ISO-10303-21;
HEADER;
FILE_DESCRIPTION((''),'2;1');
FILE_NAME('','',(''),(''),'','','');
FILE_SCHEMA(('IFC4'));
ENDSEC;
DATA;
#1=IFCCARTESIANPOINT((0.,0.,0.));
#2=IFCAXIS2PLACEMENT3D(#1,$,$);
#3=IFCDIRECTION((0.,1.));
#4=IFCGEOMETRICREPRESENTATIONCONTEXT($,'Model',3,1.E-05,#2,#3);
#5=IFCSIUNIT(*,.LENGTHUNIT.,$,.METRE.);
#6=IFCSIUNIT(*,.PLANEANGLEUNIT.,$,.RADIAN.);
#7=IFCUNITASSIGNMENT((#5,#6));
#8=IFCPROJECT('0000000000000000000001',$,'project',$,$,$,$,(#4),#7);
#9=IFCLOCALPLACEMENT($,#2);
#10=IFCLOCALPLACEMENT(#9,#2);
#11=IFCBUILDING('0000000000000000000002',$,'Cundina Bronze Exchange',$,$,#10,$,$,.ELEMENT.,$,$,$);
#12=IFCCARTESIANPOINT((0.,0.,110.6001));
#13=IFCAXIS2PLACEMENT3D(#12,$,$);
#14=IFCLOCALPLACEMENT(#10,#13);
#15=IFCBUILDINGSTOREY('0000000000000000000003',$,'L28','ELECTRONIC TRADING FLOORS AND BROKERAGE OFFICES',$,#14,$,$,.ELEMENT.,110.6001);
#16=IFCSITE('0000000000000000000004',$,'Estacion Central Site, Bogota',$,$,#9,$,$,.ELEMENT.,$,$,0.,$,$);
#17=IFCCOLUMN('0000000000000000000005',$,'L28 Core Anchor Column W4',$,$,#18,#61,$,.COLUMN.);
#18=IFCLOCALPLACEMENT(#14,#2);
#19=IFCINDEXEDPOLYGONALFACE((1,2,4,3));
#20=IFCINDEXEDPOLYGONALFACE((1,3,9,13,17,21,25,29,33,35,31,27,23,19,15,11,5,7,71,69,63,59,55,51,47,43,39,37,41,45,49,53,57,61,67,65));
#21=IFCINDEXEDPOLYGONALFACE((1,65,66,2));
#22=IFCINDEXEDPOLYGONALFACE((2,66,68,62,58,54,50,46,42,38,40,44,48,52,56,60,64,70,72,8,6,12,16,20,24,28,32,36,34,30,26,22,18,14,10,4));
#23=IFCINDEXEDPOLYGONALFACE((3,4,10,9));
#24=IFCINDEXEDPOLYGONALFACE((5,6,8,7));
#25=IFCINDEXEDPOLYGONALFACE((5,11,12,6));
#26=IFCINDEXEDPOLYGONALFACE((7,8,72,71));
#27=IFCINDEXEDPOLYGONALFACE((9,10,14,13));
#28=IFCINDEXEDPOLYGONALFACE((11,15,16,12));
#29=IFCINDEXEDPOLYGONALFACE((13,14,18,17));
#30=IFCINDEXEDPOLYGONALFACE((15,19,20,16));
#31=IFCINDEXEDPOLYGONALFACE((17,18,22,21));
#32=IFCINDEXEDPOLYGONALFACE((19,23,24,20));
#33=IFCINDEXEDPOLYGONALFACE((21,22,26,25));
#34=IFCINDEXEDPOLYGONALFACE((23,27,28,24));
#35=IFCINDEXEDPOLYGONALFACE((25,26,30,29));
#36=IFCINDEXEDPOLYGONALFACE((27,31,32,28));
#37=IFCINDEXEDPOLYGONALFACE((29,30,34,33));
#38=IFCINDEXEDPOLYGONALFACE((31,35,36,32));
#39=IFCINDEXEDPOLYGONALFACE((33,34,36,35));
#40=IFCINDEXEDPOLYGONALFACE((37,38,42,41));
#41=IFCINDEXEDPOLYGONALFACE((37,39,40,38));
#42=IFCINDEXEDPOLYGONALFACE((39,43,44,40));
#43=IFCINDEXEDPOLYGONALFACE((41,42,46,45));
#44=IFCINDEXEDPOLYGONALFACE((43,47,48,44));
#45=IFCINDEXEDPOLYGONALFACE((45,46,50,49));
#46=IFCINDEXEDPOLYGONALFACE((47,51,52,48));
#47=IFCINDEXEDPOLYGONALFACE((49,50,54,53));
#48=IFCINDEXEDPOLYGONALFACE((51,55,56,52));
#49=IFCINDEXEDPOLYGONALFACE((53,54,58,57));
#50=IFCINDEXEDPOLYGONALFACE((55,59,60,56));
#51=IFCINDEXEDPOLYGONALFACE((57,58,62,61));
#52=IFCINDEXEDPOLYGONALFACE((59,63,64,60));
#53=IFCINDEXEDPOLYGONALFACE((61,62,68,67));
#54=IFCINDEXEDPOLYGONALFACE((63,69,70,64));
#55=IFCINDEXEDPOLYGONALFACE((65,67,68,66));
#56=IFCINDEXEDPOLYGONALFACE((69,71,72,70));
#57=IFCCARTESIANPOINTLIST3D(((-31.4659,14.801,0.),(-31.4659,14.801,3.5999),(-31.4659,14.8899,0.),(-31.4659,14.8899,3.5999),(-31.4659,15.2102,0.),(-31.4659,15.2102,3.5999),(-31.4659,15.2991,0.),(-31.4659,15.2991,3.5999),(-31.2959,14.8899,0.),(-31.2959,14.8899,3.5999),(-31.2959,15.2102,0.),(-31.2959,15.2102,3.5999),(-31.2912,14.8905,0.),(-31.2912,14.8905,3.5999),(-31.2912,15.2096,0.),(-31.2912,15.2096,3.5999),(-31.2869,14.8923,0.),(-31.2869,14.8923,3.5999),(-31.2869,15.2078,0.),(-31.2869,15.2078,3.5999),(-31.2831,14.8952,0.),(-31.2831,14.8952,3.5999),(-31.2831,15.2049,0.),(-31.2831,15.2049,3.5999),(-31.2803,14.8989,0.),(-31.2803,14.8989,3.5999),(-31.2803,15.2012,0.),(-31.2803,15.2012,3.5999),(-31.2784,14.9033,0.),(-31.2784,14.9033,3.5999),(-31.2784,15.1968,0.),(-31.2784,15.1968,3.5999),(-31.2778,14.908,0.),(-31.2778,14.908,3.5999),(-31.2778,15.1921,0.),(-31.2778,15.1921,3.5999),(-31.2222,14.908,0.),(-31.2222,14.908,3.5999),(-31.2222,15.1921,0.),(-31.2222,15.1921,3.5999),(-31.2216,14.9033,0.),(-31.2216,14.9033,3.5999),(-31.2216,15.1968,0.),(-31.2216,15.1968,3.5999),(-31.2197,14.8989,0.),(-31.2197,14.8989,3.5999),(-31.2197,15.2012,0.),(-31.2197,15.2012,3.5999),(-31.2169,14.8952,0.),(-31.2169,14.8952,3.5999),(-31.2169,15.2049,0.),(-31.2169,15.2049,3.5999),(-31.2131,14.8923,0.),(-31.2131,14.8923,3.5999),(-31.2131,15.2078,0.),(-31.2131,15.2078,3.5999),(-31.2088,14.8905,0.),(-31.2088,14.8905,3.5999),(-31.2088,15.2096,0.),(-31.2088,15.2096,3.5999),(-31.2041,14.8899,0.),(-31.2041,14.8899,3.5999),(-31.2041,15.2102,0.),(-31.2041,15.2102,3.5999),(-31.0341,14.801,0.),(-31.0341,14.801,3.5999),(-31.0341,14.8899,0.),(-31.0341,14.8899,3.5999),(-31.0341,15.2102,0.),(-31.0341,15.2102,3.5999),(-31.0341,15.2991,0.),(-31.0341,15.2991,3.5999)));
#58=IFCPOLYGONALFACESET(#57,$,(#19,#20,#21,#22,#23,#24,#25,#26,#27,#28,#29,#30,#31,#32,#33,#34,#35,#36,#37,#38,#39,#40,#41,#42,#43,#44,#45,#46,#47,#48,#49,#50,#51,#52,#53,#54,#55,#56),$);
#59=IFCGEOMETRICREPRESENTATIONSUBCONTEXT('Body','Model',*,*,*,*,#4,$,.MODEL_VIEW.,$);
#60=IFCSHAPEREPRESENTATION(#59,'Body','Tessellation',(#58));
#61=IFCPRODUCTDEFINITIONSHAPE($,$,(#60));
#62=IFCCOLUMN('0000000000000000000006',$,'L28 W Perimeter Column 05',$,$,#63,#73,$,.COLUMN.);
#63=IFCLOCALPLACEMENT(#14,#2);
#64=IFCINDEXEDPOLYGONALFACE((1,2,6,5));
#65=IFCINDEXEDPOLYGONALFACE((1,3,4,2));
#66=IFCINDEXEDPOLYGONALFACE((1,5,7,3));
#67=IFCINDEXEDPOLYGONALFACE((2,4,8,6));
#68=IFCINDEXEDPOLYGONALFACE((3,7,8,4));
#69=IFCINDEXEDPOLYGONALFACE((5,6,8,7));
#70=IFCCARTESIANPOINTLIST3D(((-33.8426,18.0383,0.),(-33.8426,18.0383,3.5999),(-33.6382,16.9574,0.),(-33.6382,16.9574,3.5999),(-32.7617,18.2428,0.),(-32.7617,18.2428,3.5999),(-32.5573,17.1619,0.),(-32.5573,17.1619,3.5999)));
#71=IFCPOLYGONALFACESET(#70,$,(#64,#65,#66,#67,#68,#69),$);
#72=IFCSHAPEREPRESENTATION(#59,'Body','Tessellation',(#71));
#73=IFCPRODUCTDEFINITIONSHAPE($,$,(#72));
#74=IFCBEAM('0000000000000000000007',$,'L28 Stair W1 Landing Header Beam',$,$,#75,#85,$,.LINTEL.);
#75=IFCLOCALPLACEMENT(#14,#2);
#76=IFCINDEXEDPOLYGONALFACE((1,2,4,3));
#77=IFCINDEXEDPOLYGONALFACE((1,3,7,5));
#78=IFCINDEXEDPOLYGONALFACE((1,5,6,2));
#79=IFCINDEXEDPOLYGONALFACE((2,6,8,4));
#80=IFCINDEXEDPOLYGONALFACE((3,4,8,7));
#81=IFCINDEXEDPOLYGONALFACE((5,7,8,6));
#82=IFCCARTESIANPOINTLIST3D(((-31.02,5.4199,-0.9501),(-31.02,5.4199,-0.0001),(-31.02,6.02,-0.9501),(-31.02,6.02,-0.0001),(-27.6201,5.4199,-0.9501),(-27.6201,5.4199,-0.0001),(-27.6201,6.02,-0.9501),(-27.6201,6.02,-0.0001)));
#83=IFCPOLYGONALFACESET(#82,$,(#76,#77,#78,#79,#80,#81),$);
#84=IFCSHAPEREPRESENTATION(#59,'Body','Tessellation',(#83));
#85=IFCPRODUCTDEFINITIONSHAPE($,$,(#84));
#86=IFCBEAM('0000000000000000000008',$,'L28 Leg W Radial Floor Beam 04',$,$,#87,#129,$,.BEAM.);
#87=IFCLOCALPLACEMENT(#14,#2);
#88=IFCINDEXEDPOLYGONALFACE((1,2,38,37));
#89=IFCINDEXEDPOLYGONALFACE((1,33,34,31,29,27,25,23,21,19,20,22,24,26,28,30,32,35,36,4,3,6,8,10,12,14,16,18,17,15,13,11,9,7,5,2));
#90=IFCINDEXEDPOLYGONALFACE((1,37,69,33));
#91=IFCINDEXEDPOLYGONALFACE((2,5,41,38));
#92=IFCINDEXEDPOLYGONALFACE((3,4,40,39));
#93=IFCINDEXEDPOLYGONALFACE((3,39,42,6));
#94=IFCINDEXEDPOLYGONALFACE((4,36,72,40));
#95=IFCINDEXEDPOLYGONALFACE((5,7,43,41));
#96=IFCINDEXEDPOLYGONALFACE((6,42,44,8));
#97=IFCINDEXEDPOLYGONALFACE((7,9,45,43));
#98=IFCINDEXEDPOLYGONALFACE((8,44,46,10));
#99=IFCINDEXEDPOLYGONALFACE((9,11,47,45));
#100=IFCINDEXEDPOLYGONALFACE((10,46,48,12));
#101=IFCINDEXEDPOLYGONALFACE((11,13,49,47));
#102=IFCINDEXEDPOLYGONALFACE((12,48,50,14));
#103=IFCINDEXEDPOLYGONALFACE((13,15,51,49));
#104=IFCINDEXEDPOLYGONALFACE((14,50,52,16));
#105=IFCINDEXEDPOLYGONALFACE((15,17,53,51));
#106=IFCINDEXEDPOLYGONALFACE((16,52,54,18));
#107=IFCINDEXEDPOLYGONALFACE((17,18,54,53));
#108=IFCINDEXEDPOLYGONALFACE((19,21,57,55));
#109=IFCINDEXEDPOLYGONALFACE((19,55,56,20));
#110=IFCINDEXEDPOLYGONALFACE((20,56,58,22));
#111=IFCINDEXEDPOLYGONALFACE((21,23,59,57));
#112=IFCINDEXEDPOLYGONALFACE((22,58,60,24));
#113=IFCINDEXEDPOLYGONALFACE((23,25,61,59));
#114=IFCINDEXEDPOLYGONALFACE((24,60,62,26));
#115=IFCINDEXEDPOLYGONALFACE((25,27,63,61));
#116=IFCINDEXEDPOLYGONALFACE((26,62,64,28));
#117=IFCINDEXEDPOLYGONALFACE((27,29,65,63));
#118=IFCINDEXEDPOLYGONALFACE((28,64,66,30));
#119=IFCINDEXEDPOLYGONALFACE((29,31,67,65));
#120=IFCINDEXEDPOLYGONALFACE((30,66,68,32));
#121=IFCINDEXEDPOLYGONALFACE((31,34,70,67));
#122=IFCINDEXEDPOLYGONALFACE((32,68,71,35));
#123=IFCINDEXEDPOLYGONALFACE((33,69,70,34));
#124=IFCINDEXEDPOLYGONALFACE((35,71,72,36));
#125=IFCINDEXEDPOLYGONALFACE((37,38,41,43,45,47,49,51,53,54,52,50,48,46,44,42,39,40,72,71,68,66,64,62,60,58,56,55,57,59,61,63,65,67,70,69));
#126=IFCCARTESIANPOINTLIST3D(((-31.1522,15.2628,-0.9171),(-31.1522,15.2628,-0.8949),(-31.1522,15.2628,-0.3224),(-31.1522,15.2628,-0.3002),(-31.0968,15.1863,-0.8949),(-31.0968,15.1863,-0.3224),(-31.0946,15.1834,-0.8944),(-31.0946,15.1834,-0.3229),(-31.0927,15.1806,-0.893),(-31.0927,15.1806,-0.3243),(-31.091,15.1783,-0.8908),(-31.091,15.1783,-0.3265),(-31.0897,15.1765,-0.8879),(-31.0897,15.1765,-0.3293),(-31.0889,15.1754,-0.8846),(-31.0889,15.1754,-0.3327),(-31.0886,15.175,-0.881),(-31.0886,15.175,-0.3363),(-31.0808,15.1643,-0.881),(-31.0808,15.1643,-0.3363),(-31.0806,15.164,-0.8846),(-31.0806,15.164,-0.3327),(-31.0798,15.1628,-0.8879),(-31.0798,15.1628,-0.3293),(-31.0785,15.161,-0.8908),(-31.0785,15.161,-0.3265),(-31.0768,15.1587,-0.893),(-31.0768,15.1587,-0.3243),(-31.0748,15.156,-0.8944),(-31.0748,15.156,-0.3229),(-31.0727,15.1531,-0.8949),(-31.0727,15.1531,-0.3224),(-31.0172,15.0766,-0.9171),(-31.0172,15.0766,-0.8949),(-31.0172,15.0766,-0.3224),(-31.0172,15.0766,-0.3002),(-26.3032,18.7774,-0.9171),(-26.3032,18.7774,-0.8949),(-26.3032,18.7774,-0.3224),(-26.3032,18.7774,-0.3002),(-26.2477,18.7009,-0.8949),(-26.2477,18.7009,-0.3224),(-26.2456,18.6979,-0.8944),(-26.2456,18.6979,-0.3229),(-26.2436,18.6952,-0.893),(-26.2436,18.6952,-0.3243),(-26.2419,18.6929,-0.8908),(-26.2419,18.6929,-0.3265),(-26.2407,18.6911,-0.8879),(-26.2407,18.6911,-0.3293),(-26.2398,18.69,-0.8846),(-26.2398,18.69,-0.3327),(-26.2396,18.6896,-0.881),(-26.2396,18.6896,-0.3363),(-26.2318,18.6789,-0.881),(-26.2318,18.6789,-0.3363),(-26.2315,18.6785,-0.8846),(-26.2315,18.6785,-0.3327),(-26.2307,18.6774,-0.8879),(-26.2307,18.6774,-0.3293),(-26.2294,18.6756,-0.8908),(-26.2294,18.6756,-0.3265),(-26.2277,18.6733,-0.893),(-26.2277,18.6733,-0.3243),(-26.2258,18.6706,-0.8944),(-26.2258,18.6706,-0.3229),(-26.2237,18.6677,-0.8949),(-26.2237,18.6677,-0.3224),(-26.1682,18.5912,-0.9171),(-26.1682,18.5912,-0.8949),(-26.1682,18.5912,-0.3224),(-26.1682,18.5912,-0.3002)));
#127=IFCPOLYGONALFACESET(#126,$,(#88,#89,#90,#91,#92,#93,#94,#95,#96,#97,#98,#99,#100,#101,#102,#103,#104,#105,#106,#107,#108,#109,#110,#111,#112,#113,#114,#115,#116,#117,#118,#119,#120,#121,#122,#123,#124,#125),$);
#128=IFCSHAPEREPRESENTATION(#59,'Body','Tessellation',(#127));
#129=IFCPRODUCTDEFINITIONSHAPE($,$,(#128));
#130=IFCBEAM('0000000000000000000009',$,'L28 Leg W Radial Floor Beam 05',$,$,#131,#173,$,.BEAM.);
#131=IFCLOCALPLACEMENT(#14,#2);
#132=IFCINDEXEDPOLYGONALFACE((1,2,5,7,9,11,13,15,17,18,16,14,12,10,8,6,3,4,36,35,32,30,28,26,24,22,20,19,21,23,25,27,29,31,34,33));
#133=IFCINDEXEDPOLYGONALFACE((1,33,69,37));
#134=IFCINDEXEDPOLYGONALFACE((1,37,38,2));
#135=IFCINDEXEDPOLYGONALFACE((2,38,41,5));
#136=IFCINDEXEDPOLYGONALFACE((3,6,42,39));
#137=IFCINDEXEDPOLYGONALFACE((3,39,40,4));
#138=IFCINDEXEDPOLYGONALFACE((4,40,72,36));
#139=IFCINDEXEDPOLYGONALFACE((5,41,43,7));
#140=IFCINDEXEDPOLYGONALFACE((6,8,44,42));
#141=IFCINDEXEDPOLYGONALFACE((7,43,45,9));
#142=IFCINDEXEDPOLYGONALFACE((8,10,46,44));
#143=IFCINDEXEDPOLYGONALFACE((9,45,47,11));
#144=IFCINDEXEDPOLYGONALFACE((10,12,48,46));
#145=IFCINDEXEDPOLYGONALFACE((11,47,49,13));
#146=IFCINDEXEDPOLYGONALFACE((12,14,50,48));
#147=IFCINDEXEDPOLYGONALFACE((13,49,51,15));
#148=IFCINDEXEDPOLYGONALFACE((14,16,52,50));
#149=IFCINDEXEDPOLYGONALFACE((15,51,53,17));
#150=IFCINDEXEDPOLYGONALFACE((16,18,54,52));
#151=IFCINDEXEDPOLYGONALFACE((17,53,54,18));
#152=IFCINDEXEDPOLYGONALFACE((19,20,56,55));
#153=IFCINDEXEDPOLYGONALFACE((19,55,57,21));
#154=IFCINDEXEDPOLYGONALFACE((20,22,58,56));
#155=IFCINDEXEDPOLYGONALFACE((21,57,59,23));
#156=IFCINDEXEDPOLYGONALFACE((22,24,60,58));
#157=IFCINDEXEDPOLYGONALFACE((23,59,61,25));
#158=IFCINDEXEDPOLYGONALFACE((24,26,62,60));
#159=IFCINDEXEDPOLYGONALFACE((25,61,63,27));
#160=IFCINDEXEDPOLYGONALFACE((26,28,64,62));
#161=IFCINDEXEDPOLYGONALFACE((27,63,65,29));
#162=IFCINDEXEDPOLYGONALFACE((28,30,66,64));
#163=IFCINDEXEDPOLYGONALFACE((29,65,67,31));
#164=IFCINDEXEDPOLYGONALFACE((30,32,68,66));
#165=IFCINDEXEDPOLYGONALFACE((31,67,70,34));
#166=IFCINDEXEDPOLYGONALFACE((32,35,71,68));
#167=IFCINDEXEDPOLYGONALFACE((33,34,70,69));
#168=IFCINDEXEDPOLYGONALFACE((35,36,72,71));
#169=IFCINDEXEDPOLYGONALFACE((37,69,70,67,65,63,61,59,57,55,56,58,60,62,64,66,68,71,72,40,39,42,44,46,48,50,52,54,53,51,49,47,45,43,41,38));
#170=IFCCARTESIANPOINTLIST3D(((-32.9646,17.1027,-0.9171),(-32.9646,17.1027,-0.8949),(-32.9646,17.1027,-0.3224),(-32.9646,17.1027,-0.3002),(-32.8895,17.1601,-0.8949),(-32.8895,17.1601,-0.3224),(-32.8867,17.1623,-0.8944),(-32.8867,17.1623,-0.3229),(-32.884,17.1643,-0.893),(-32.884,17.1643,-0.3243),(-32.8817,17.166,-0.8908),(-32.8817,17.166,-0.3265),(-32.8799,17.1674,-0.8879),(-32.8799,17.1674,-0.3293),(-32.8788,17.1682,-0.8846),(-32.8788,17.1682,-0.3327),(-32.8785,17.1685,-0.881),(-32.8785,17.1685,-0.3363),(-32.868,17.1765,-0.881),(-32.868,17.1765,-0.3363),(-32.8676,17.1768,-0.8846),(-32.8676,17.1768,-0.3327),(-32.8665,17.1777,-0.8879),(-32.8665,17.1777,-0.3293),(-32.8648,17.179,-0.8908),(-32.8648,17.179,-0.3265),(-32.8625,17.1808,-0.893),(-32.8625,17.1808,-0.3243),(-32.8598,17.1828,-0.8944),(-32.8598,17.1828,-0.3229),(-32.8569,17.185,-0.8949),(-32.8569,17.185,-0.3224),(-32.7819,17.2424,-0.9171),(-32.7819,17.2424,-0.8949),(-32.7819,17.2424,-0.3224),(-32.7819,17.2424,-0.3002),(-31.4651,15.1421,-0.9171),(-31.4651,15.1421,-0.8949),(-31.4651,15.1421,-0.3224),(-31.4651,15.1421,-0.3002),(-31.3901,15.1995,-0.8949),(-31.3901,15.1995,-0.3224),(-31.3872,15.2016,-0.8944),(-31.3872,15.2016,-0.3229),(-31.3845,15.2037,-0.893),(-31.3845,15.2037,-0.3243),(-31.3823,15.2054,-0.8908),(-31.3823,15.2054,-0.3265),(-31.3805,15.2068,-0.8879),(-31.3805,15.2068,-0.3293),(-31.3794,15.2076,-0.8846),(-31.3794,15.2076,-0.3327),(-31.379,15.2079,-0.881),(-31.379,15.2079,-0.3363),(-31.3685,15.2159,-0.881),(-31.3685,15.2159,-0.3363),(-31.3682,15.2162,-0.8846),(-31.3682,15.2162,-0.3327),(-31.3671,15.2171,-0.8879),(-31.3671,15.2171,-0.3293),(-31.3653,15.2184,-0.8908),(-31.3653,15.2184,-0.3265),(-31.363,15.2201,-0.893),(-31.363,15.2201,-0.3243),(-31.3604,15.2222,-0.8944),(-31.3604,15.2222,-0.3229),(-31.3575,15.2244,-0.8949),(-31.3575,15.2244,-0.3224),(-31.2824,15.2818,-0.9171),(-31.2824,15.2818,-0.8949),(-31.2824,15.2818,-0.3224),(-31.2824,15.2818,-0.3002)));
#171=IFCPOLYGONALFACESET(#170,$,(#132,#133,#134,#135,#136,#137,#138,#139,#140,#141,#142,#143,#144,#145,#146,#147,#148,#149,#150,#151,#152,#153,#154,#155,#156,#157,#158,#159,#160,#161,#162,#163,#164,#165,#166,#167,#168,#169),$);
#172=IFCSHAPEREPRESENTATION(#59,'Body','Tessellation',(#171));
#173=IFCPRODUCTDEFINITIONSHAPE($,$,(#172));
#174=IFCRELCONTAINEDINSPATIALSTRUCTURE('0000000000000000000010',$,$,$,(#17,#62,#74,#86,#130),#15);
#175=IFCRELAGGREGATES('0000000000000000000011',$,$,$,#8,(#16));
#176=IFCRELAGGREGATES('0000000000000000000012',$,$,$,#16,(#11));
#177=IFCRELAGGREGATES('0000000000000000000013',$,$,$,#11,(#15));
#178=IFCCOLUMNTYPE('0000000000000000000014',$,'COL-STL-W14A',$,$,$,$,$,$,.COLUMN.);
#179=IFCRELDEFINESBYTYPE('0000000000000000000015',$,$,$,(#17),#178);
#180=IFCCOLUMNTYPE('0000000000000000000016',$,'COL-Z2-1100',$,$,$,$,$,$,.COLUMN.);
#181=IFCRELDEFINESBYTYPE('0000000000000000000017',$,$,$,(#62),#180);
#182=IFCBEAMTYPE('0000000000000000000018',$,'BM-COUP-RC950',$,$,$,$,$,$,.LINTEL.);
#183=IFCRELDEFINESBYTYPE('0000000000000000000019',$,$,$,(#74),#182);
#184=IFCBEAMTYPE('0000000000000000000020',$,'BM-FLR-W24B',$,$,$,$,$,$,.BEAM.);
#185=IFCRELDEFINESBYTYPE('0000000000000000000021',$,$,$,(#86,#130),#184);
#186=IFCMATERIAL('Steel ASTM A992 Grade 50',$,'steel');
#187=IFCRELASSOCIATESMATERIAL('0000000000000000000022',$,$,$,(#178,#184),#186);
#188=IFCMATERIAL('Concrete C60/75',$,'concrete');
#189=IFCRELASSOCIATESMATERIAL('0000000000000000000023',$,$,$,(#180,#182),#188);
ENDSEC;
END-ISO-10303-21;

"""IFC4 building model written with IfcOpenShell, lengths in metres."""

from ifc_helpers import new_model, si_unit, direction, frame, origin, origin_2d, place, context, subcontext, project, spatial, rectangle, i_section, extrude, material, material_profile, profile_set, type_object, element, save


model = new_model("IFC4")

# Units and contexts
model_context = context("Model", 3, precision=1e-05, world=origin(), true_north=direction((0.0, 1.0)))
body_context = subcontext(model_context, "Body", "Model", "MODEL_VIEW")
ifc_project = project(units=[si_unit("LENGTHUNIT", "METRE"), si_unit("PLANEANGLEUNIT", "RADIAN")], contexts=[model_context])

# Site, building, storey
site_placement = place(None, origin())
site = spatial("IfcSite", under=ifc_project, at=site_placement, Name="Estacion Central Site, Bogota", CompositionType="ELEMENT", RefElevation=0.0)
building_placement = place(site_placement, origin())
building = spatial("IfcBuilding", under=site, at=building_placement, Name="Cundina Bronze Exchange", CompositionType="ELEMENT")
storey_placement = place(building_placement, frame((0.0, 0.0, 110.6001)))
storey = spatial("IfcBuildingStorey", under=building, at=storey_placement, Name="L28", Description="ELECTRONIC TRADING FLOORS AND BROKERAGE OFFICES", CompositionType="ELEMENT", Elevation=110.6001)

# Columns
ifc_material_1 = material(Name="Steel ASTM A992 Grade 50", Category="steel")
ifc_material_profile_1 = material_profile(ifc_material_1, i_section(OverallWidth=0.4319, OverallDepth=0.498, WebThickness=0.0557, FlangeThickness=0.0889, FilletRadius=0.0181, at=origin_2d()), Name="W14X500", Category="steel")
ifc_profile_set_1 = profile_set([ifc_material_profile_1], Name="Steel ASTM A992 Grade 50")
column_type_1 = type_object("IfcColumnType", Name="COL-STL-W14A", PredefinedType="COLUMN", material=ifc_profile_set_1)
column_1_placement = place(storey_placement, frame((-31.25, 15.05, 0.0), z_axis=(0.0, 0.0, 1.0), x_axis=(1.0, 0.0, 0.0)))
element("IfcColumn", 1, at=column_1_placement, inside=storey, type_object=column_type_1, Name="L28 Core Anchor Column W4", PredefinedType="COLUMN", context=body_context, shape_type="SweptSolid", body=[
    extrude(i_section(OverallWidth=0.4319, OverallDepth=0.498, WebThickness=0.0557, FlangeThickness=0.0889, FilletRadius=0.0181, at=origin_2d()), origin(), (0.0, 0.0, 1.0), 3.5999),
])
ifc_material_2 = material(Name="Concrete C60/75", Category="concrete")
ifc_material_profile_2 = material_profile(ifc_material_2, rectangle(XDim=1.1001, YDim=1.1001, at=origin_2d()), Name="RC1100X1100", Category="concrete")
ifc_profile_set_2 = profile_set([ifc_material_profile_2], Name="Concrete C60/75")
column_type_2 = type_object("IfcColumnType", Name="COL-Z2-1100", PredefinedType="COLUMN", material=ifc_profile_set_2)
column_2_placement = place(storey_placement, frame((-33.2, 17.6001, 0.0), z_axis=(0.0, 0.0, 1.0), x_axis=(-0.98258, -0.185838, 0.0)))
element("IfcColumn", 2, at=column_2_placement, inside=storey, type_object=column_type_2, Name="L28 W Perimeter Column 05", PredefinedType="COLUMN", context=body_context, shape_type="SweptSolid", body=[
    extrude(rectangle(XDim=1.1001, YDim=1.1001, at=origin_2d()), origin(), (0.0, 0.0, 1.0), 3.5999),
])

# Beams
ifc_material_profile_3 = material_profile(ifc_material_2, rectangle(XDim=0.6001, YDim=0.95, at=origin_2d()), Name="RC600X950", Category="concrete")
ifc_profile_set_3 = profile_set([ifc_material_profile_3], Name="Concrete C60/75")
beam_type_1 = type_object("IfcBeamType", Name="BM-COUP-RC950", PredefinedType="LINTEL", material=ifc_profile_set_3)
beam_1_placement = place(storey_placement, frame((-31.02, 5.72, -0.4751), z_axis=(1.0, 0.0, 0.0), x_axis=(0.0, 1.0, 0.0)))
element("IfcBeam", 3, at=beam_1_placement, inside=storey, type_object=beam_type_1, Name="L28 Stair W1 Landing Header Beam", PredefinedType="LINTEL", context=body_context, shape_type="SweptSolid", body=[
    extrude(rectangle(XDim=0.6001, YDim=0.95, at=origin_2d()), origin(), (0.0, 0.0, 1.0), 3.3999),
])
ifc_material_profile_4 = material_profile(ifc_material_1, i_section(OverallWidth=0.23, OverallDepth=0.6169, WebThickness=0.0132, FlangeThickness=0.0222, FilletRadius=0.0139, at=origin_2d()), Name="W24X94", Category="steel")
ifc_profile_set_4 = profile_set([ifc_material_profile_4], Name="Steel ASTM A992 Grade 50")
beam_type_2 = type_object("IfcBeamType", Name="BM-FLR-W24B", PredefinedType="BEAM", material=ifc_profile_set_4)
beam_2_placement = place(storey_placement, frame((-31.0847, 15.1697, -0.6086), z_axis=(0.809687, 0.586862, 0.0), x_axis=(-0.586862, 0.809687, 0.0)))
element("IfcBeam", 4, at=beam_2_placement, inside=storey, type_object=beam_type_2, Name="L28 Leg W Radial Floor Beam 04", PredefinedType="BEAM", context=body_context, shape_type="SweptSolid", body=[
    extrude(i_section(OverallWidth=0.23, OverallDepth=0.6169, WebThickness=0.0132, FlangeThickness=0.0222, FilletRadius=0.0139, at=origin_2d()), origin(), (0.0, 0.0, 1.0), 5.9888),
])
beam_3_placement = place(storey_placement, frame((-31.3738, 15.2119, -0.6086), z_axis=(-0.60749, 0.794327, 0.0), x_axis=(-0.794327, -0.60749, 0.0)))
element("IfcBeam", 5, at=beam_3_placement, inside=storey, type_object=beam_type_2, Name="L28 Leg W Radial Floor Beam 05", PredefinedType="BEAM", context=body_context, shape_type="SweptSolid", body=[
    extrude(i_section(OverallWidth=0.23, OverallDepth=0.6169, WebThickness=0.0132, FlangeThickness=0.0222, FilletRadius=0.0139, at=origin_2d()), origin(), (0.0, 0.0, 1.0), 2.4683),
])

save(model, "model.ifc")
